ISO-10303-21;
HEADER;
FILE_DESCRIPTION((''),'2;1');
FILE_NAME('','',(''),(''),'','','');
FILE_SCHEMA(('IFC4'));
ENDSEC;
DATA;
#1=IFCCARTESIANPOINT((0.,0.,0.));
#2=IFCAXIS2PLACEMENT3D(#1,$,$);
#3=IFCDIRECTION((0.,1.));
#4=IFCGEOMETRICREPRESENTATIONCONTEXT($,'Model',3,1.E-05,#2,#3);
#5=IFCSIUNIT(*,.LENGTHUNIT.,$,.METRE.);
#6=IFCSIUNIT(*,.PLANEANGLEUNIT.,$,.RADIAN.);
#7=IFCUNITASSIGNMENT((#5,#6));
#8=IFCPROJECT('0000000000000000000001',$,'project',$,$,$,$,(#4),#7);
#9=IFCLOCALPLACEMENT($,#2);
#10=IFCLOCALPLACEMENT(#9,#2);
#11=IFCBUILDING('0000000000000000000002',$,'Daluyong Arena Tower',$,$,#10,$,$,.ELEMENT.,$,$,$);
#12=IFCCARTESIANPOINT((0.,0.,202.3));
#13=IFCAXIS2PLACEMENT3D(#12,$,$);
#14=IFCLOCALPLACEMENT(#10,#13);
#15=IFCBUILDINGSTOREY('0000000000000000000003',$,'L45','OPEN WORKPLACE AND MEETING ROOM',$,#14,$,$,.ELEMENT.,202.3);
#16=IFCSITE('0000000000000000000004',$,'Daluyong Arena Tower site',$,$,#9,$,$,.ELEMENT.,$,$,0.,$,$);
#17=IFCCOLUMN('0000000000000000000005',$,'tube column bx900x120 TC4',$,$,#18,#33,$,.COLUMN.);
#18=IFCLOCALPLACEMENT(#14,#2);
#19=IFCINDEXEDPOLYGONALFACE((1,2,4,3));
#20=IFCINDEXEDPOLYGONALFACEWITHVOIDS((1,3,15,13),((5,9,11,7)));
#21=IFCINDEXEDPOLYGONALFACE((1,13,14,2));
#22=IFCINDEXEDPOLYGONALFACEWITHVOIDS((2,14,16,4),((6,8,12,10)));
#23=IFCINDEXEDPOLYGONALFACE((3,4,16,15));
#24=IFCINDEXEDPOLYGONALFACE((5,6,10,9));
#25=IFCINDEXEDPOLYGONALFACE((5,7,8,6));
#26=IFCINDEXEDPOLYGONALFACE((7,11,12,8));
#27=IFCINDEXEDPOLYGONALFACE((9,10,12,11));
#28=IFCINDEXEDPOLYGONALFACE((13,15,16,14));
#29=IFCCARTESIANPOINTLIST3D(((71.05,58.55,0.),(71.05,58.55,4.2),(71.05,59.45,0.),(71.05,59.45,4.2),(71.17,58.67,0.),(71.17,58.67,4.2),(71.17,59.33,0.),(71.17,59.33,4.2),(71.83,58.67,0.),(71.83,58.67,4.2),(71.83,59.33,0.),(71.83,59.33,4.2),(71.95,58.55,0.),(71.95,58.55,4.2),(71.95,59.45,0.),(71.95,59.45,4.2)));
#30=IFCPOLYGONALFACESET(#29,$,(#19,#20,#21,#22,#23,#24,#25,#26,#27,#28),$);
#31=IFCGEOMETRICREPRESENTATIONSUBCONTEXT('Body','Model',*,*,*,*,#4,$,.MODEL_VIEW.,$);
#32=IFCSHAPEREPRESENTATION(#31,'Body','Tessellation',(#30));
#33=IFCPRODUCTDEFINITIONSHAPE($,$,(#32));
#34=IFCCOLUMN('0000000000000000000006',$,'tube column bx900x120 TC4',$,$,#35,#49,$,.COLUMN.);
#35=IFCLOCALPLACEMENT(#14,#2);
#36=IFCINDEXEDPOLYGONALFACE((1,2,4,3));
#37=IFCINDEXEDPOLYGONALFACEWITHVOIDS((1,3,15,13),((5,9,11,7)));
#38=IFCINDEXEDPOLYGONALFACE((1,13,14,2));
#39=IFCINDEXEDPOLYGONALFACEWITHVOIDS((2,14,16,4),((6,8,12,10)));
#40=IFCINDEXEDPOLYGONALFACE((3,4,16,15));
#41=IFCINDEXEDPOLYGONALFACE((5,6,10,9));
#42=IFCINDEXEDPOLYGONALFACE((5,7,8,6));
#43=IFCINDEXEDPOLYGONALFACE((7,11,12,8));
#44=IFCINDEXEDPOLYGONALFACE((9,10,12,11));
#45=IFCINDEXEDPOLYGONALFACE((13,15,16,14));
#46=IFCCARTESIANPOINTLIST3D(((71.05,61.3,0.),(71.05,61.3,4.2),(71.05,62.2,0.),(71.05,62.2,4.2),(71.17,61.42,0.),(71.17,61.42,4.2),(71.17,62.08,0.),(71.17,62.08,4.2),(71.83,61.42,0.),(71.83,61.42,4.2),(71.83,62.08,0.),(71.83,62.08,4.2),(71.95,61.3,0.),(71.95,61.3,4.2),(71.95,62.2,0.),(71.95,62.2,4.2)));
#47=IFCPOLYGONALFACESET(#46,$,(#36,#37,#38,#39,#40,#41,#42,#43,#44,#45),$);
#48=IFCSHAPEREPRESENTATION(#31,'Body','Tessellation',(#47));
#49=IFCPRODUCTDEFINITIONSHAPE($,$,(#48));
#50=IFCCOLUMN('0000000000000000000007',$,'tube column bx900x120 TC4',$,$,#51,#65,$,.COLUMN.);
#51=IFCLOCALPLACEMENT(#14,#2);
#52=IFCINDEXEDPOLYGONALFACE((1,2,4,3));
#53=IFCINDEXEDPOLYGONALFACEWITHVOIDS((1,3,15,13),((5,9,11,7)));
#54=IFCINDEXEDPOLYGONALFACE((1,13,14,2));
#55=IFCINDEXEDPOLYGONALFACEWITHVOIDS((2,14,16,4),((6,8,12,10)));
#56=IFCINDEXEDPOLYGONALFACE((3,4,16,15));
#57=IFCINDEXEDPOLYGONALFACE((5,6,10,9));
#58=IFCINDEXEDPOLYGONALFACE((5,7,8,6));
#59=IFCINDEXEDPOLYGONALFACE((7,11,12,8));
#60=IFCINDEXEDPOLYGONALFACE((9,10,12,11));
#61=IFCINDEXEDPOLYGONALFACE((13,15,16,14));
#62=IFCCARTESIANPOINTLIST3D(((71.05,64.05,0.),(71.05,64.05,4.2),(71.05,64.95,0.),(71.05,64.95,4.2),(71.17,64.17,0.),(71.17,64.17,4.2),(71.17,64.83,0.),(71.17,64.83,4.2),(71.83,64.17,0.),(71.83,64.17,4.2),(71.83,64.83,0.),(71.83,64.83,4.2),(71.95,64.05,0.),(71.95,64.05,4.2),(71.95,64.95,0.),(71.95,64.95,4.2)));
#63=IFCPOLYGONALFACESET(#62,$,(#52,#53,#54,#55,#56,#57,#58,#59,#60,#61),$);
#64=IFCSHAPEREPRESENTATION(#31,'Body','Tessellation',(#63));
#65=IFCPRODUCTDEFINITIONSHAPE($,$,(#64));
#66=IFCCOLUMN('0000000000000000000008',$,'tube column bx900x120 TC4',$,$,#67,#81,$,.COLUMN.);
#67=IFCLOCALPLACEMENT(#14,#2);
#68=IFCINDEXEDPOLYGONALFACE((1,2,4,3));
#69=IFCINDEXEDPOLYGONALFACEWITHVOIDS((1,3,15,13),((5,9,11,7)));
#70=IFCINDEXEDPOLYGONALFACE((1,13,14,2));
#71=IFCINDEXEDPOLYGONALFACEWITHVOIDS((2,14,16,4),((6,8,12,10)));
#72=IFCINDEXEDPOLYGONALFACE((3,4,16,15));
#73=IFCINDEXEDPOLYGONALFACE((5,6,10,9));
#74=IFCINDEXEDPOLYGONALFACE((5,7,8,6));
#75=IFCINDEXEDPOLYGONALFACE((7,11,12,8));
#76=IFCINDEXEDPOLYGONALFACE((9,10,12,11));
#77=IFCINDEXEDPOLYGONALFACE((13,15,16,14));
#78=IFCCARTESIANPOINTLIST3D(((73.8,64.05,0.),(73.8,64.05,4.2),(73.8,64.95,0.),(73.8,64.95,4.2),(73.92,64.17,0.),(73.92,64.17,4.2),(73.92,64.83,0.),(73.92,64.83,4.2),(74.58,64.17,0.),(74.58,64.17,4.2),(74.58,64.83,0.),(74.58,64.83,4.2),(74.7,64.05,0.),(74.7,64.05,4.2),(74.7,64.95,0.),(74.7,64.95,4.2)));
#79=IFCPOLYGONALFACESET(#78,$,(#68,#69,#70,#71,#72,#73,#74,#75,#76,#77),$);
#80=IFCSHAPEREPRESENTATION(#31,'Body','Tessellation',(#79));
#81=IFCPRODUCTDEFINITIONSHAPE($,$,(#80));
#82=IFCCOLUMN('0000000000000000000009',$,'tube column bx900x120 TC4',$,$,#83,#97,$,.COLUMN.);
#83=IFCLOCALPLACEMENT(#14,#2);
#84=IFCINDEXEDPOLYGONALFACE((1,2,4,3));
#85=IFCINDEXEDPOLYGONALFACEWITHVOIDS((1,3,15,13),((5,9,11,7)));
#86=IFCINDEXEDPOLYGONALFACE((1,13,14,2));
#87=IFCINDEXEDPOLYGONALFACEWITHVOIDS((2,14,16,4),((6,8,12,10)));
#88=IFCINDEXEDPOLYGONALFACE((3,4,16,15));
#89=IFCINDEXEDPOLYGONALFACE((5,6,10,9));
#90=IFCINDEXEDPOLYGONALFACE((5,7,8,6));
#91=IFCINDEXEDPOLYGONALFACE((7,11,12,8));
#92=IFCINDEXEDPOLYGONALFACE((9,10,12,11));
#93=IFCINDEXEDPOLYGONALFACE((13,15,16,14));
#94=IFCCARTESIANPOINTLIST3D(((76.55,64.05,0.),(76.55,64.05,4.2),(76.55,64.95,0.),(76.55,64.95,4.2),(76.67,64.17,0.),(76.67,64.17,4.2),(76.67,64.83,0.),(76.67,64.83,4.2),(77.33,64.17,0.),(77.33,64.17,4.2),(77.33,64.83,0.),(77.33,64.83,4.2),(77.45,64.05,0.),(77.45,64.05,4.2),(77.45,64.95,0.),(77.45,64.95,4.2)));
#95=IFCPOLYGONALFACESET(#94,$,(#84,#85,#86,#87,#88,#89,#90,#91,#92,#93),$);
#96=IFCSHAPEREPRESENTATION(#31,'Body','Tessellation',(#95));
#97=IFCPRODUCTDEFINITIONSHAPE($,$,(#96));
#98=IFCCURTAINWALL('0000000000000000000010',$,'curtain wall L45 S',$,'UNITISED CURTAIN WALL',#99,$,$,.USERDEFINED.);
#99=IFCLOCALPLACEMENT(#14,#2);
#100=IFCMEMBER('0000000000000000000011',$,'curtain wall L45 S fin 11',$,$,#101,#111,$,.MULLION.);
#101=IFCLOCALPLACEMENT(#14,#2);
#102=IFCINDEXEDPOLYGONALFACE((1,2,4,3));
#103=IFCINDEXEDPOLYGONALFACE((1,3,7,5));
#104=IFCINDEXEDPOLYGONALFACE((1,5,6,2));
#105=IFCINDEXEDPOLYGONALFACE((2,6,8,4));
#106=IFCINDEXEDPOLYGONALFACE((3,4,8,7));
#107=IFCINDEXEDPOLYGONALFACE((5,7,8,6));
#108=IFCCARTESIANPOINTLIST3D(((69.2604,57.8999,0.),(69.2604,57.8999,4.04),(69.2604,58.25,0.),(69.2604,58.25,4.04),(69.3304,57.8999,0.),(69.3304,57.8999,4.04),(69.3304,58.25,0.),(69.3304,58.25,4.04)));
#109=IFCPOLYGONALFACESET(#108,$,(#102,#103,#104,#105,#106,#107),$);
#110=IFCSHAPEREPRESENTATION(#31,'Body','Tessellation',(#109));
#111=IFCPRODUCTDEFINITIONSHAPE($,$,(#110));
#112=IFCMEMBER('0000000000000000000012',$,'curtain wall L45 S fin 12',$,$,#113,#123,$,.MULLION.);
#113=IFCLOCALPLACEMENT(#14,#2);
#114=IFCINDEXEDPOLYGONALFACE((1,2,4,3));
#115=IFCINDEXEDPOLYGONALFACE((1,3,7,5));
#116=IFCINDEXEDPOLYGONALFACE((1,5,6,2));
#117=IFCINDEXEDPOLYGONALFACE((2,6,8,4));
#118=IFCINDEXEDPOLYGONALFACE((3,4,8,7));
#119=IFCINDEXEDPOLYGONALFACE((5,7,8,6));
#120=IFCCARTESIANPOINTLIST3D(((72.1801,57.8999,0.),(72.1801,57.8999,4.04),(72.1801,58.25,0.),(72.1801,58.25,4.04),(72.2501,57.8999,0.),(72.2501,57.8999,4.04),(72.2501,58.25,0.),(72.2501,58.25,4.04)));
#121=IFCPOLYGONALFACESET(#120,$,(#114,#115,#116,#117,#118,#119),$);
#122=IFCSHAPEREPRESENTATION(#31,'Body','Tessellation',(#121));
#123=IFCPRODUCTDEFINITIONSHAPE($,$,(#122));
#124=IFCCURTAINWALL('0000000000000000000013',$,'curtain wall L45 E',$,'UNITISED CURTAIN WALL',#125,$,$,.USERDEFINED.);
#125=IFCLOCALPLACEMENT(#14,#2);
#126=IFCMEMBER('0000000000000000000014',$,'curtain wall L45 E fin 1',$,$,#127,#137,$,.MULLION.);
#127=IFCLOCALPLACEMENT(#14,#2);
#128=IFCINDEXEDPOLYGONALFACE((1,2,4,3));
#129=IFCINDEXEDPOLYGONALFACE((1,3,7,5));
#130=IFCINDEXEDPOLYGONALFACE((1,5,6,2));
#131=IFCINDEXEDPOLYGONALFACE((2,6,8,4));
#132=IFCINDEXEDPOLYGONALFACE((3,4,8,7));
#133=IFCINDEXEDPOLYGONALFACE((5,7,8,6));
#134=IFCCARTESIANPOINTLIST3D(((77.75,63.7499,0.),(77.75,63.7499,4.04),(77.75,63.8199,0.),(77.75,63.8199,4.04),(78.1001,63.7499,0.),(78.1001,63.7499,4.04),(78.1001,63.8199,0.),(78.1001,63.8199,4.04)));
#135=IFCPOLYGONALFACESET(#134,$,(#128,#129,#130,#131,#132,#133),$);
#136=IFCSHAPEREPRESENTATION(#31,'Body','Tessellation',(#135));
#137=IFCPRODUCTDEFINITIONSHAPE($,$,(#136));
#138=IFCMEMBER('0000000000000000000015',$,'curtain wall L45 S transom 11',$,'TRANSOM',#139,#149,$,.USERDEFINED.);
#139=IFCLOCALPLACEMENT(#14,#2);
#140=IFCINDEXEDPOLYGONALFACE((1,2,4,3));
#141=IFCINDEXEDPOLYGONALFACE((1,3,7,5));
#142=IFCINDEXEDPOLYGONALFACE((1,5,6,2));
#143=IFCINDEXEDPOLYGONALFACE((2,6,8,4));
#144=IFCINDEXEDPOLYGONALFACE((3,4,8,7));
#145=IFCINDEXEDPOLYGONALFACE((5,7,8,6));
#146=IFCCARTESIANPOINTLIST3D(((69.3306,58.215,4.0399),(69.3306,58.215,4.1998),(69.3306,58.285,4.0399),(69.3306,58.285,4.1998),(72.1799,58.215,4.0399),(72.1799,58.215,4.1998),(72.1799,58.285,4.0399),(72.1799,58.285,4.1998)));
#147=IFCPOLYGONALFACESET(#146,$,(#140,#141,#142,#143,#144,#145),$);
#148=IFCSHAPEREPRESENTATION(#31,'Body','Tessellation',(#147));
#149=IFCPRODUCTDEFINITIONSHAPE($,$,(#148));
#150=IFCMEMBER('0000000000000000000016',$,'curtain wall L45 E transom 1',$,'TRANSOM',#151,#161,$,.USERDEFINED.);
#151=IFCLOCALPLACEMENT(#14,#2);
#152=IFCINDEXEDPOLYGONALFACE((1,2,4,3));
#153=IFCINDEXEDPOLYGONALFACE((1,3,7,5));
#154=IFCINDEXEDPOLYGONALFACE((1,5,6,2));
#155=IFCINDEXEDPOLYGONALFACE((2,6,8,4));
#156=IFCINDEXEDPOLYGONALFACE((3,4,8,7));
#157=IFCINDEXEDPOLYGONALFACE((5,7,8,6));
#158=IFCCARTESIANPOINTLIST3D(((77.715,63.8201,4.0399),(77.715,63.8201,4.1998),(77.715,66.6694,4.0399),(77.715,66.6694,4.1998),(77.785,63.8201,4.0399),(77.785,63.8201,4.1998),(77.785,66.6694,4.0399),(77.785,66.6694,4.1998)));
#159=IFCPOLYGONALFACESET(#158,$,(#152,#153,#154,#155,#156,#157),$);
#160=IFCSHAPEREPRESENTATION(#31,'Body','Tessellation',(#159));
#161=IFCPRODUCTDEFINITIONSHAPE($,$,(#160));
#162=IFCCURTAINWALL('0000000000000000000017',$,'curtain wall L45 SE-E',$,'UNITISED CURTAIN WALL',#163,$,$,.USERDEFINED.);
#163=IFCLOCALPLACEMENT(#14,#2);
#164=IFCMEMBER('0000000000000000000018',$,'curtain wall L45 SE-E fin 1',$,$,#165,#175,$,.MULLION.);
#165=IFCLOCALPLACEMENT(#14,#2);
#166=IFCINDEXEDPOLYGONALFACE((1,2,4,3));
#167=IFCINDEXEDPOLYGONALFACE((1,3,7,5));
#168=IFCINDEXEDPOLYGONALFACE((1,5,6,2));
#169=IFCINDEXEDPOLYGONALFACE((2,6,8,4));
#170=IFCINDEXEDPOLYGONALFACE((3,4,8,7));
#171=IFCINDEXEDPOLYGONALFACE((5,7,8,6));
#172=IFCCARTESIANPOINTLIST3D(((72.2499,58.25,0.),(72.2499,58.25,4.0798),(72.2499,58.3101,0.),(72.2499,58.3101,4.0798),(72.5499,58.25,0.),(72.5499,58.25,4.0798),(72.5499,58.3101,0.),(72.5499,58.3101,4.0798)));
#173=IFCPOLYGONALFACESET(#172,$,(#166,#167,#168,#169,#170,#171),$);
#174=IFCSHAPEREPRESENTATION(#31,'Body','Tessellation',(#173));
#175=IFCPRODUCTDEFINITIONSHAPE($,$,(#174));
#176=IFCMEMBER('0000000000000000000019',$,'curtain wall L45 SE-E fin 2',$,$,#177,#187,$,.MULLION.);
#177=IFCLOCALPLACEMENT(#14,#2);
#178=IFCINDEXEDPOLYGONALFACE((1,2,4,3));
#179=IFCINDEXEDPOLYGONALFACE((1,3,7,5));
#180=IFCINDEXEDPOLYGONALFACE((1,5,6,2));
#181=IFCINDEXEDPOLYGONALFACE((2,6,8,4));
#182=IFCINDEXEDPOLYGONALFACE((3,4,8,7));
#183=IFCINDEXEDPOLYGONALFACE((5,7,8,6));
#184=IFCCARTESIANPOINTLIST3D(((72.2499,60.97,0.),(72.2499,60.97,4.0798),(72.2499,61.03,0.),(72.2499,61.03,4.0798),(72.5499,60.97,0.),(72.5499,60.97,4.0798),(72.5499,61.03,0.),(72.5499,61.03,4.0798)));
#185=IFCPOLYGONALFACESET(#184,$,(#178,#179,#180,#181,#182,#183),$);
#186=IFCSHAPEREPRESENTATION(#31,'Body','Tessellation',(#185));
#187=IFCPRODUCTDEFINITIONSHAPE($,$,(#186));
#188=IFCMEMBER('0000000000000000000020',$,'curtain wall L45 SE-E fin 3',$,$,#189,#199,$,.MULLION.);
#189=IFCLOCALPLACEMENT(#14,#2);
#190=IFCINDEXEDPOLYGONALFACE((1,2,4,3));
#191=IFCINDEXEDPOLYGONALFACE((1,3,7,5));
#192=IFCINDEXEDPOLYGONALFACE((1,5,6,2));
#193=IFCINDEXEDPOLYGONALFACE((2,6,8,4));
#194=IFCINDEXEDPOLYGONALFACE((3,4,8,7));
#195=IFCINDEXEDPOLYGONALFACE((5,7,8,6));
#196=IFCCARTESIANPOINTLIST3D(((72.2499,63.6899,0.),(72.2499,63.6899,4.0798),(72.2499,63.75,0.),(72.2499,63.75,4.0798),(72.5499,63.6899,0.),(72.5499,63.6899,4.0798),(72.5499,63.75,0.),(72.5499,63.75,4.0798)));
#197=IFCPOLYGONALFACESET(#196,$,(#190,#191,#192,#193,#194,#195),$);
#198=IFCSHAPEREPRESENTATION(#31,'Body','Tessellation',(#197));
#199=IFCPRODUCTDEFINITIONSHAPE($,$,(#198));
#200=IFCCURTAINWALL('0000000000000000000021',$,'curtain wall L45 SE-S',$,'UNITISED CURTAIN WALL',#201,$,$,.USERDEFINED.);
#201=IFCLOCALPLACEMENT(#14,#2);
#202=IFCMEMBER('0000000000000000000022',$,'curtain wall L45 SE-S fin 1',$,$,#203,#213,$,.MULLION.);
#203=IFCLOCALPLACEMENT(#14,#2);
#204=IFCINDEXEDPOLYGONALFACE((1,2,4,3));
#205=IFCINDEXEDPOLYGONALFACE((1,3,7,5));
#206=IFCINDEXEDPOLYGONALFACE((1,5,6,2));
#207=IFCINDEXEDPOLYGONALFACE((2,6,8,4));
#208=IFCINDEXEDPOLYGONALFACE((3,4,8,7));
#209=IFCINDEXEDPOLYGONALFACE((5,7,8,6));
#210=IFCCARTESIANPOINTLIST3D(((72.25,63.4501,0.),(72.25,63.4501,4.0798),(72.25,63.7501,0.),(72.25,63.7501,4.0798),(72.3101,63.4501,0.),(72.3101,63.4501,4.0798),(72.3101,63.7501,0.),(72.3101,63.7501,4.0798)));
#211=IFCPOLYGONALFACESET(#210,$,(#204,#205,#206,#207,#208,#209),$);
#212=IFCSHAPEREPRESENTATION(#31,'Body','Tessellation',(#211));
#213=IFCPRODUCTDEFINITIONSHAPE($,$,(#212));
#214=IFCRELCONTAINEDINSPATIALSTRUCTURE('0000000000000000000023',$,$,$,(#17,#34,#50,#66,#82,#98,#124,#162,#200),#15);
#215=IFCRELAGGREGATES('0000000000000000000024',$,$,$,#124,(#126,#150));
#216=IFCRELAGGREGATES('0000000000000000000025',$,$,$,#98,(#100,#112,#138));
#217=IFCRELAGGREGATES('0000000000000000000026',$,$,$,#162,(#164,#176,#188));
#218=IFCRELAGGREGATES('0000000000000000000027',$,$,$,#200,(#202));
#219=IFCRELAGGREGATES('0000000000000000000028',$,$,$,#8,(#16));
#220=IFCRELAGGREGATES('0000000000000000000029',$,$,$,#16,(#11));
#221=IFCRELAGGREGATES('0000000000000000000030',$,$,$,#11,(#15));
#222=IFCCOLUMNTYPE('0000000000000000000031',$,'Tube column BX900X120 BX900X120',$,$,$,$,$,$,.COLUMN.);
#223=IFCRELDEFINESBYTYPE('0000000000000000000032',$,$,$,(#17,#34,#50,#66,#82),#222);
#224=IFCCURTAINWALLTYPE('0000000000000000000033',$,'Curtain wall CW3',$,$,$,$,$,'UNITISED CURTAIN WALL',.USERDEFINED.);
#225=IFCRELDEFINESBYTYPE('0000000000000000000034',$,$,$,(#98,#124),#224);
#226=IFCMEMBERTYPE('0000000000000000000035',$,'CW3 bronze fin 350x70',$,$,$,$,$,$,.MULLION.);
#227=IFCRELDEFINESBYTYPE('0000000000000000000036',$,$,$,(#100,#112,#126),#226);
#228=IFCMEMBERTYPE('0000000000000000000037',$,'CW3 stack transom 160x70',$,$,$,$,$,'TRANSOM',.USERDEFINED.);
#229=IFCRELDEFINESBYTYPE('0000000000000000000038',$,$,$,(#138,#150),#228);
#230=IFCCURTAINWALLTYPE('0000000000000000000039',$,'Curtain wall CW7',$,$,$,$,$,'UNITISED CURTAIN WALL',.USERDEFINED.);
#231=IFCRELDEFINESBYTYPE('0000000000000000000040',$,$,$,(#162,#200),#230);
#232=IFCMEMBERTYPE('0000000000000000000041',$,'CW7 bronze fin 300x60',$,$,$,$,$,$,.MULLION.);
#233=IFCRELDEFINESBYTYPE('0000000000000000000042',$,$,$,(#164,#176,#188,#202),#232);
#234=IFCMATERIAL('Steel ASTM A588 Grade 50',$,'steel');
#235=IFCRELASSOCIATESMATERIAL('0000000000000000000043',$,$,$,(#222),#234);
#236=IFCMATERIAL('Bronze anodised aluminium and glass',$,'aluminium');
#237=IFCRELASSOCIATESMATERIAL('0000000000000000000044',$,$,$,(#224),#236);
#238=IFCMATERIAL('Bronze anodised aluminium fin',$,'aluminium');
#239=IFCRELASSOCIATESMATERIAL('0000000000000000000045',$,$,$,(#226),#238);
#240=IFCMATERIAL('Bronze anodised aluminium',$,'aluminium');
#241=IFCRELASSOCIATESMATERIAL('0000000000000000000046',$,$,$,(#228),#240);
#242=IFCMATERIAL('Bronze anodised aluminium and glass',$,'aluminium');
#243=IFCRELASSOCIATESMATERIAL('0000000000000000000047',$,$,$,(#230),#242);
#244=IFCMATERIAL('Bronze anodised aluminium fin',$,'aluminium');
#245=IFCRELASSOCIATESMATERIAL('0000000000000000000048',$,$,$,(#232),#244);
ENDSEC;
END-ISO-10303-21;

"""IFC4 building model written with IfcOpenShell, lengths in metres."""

from ifc_helpers import new_model, si_unit, direction, frame, origin, origin_2d, place, context, subcontext, project, spatial, rectangle, hollow_rectangle, extrude, material, material_profile, profile_set, type_object, element, aggregate, save


model = new_model("IFC4")

# Units and contexts
model_context = context("Model", 3, precision=1e-05, world=origin(), true_north=direction((0.0, 1.0)))
body_context = subcontext(model_context, "Body", "Model", "MODEL_VIEW")
ifc_project = project(units=[si_unit("LENGTHUNIT", "METRE"), si_unit("PLANEANGLEUNIT", "RADIAN")], contexts=[model_context])

# Site, building, storey
site_placement = place(None, origin())
site = spatial("IfcSite", under=ifc_project, at=site_placement, Name="Daluyong Arena Tower site", CompositionType="ELEMENT", RefElevation=0.0)
building_placement = place(site_placement, origin())
building = spatial("IfcBuilding", under=site, at=building_placement, Name="Daluyong Arena Tower", CompositionType="ELEMENT")
storey_placement = place(building_placement, frame((0.0, 0.0, 202.3)))
storey = spatial("IfcBuildingStorey", under=building, at=storey_placement, Name="L45", Description="OPEN WORKPLACE AND MEETING ROOM", CompositionType="ELEMENT", Elevation=202.3)

# Columns
ifc_material_1 = material(Name="Steel ASTM A588 Grade 50", Category="steel")
ifc_material_profile_1 = material_profile(ifc_material_1, hollow_rectangle(XDim=0.8999, YDim=0.8999, WallThickness=0.12, at=origin_2d()))
ifc_profile_set_1 = profile_set([ifc_material_profile_1], Name="Steel ASTM A588 Grade 50")
column_type = type_object("IfcColumnType", Name="Tube column BX900X120 BX900X120", PredefinedType="COLUMN", material=ifc_profile_set_1)
for number, where, z_axis, x_axis, name in (
    (1, (71.5, 59.0, 0.0), (0.0, 0.0, 1.0), (0.0, 1.0, 0.0), "tube column bx900x120 TC4"),
    (2, (71.5, 61.75, 0.0), (0.0, 0.0, 1.0), (0.0, 1.0, 0.0), "tube column bx900x120 TC4"),
    (3, (71.5, 64.5, 0.0), (0.0, 0.0, 1.0), (1.0, 0.0, 0.0), "tube column bx900x120 TC4"),
    (4, (74.25, 64.5, 0.0), (0.0, 0.0, 1.0), (1.0, 0.0, 0.0), "tube column bx900x120 TC4"),
    (5, (77.0, 64.5, 0.0), (0.0, 0.0, 1.0), (0.0, 1.0, 0.0), "tube column bx900x120 TC4"),
):
    element("IfcColumn", number, at=place(storey_placement, frame(where, z_axis=z_axis, x_axis=x_axis)), inside=storey, type_object=column_type, Name=name, PredefinedType="COLUMN", context=body_context, shape_type="SweptSolid", body=[
        extrude(hollow_rectangle(XDim=0.8999, YDim=0.8999, WallThickness=0.12, at=origin_2d()), origin(), (0.0, 0.0, 1.0), 4.2),
    ])

# Curtain wall, members
ifc_material_2 = material(Name="Bronze anodised aluminium and glass", Category="aluminium")
curtain_wall_type_1 = type_object("IfcCurtainWallType", Name="Curtain wall CW3", ElementType="UNITISED CURTAIN WALL", PredefinedType="USERDEFINED", material=ifc_material_2)
curtain_wall_1_placement = place(storey_placement, origin())
curtain_wall_1 = element("IfcCurtainWall", 6, at=curtain_wall_1_placement, inside=storey, type_object=curtain_wall_type_1, Name="curtain wall L45 S", ObjectType="UNITISED CURTAIN WALL", PredefinedType="USERDEFINED")
ifc_material_3 = material(Name="Bronze anodised aluminium fin", Category="aluminium")
ifc_material_profile_2 = material_profile(ifc_material_3, rectangle(XDim=0.3501, YDim=0.0701, at=origin_2d()))
ifc_profile_set_2 = profile_set([ifc_material_profile_2], Name="Bronze anodised aluminium fin")
member_type_1 = type_object("IfcMemberType", Name="CW3 bronze fin 350x70", PredefinedType="MULLION", material=ifc_profile_set_2)
member_1_placement = place(storey_placement, frame((69.2954, 58.075, 0.0), z_axis=(0.0, 0.0, 1.0), x_axis=(0.0, 1.0, 0.0)))
member_1 = element("IfcMember", 7, at=member_1_placement, type_object=member_type_1, Name="curtain wall L45 S fin 11", PredefinedType="MULLION", context=body_context, shape_type="SweptSolid", body=[
    extrude(rectangle(XDim=0.3501, YDim=0.0701, at=origin_2d()), origin(), (0.0, 0.0, 1.0), 4.04),
])
member_2_placement = place(storey_placement, frame((72.2151, 58.075, 0.0), z_axis=(0.0, 0.0, 1.0), x_axis=(0.0, 1.0, 0.0)))
member_2 = element("IfcMember", 8, at=member_2_placement, type_object=member_type_1, Name="curtain wall L45 S fin 12", PredefinedType="MULLION", context=body_context, shape_type="SweptSolid", body=[
    extrude(rectangle(XDim=0.3501, YDim=0.0701, at=origin_2d()), origin(), (0.0, 0.0, 1.0), 4.04),
])

# Curtain wall, member
curtain_wall_2_placement = place(storey_placement, origin())
curtain_wall_2 = element("IfcCurtainWall", 9, at=curtain_wall_2_placement, inside=storey, type_object=curtain_wall_type_1, Name="curtain wall L45 E", ObjectType="UNITISED CURTAIN WALL", PredefinedType="USERDEFINED")
member_3_placement = place(storey_placement, frame((77.925, 63.7849, 0.0), z_axis=(0.0, 0.0, 1.0), x_axis=(-1.0, 0.0, 0.0)))
member_3 = element("IfcMember", 10, at=member_3_placement, type_object=member_type_1, Name="curtain wall L45 E fin 1", PredefinedType="MULLION", context=body_context, shape_type="SweptSolid", body=[
    extrude(rectangle(XDim=0.3501, YDim=0.0701, at=origin_2d()), origin(), (0.0, 0.0, 1.0), 4.04),
])

# Members
ifc_material_4 = material(Name="Bronze anodised aluminium", Category="aluminium")
ifc_material_profile_3 = material_profile(ifc_material_4, rectangle(XDim=0.0701, YDim=0.1599, at=origin_2d()))
ifc_profile_set_3 = profile_set([ifc_material_profile_3], Name="Bronze anodised aluminium")
member_type_2 = type_object("IfcMemberType", Name="CW3 stack transom 160x70", ElementType="TRANSOM", PredefinedType="USERDEFINED", material=ifc_profile_set_3)
member_4_placement = place(storey_placement, frame((69.3306, 58.25, 4.1199), z_axis=(1.0, 0.0, 0.0), x_axis=(0.0, 1.0, 0.0)))
member_4 = element("IfcMember", 11, at=member_4_placement, type_object=member_type_2, Name="curtain wall L45 S transom 11", ObjectType="TRANSOM", PredefinedType="USERDEFINED", context=body_context, shape_type="SweptSolid", body=[
    extrude(rectangle(XDim=0.0701, YDim=0.1599, at=origin_2d()), origin(), (0.0, 0.0, 1.0), 2.8494),
])
member_5_placement = place(storey_placement, frame((77.75, 63.8201, 4.1199), z_axis=(0.0, 1.0, 0.0), x_axis=(-1.0, 0.0, 0.0)))
member_5 = element("IfcMember", 12, at=member_5_placement, type_object=member_type_2, Name="curtain wall L45 E transom 1", ObjectType="TRANSOM", PredefinedType="USERDEFINED", context=body_context, shape_type="SweptSolid", body=[
    extrude(rectangle(XDim=0.0701, YDim=0.1599, at=origin_2d()), origin(), (0.0, 0.0, 1.0), 2.8494),
])
aggregate(curtain_wall_2, [member_3, member_5])

# Curtain walls, members
ifc_material_5 = material(Name="Bronze anodised aluminium and glass", Category="aluminium")
curtain_wall_type_2 = type_object("IfcCurtainWallType", Name="Curtain wall CW7", ElementType="UNITISED CURTAIN WALL", PredefinedType="USERDEFINED", material=ifc_material_5)
curtain_wall_3_placement = place(storey_placement, origin())
curtain_wall_3 = element("IfcCurtainWall", 13, at=curtain_wall_3_placement, inside=storey, type_object=curtain_wall_type_2, Name="curtain wall L45 SE-E", ObjectType="UNITISED CURTAIN WALL", PredefinedType="USERDEFINED")
ifc_material_6 = material(Name="Bronze anodised aluminium fin", Category="aluminium")
ifc_material_profile_4 = material_profile(ifc_material_6, rectangle(XDim=0.3, YDim=0.0601, at=origin_2d()))
ifc_profile_set_4 = profile_set([ifc_material_profile_4], Name="Bronze anodised aluminium fin")
member_type_3 = type_object("IfcMemberType", Name="CW7 bronze fin 300x60", PredefinedType="MULLION", material=ifc_profile_set_4)
member_6_placement = place(storey_placement, frame((72.3999, 58.28, 0.0), z_axis=(0.0, 0.0, 1.0), x_axis=(-1.0, 0.0, 0.0)))
member_6 = element("IfcMember", 14, at=member_6_placement, type_object=member_type_3, Name="curtain wall L45 SE-E fin 1", PredefinedType="MULLION", context=body_context, shape_type="SweptSolid", body=[
    extrude(rectangle(XDim=0.3, YDim=0.0601, at=origin_2d()), origin(), (0.0, 0.0, 1.0), 4.0798),
])
member_7_placement = place(storey_placement, frame((72.3999, 61.0, 0.0), z_axis=(0.0, 0.0, 1.0), x_axis=(-1.0, 0.0, 0.0)))
member_7 = element("IfcMember", 15, at=member_7_placement, type_object=member_type_3, Name="curtain wall L45 SE-E fin 2", PredefinedType="MULLION", context=body_context, shape_type="SweptSolid", body=[
    extrude(rectangle(XDim=0.3, YDim=0.0601, at=origin_2d()), origin(), (0.0, 0.0, 1.0), 4.0798),
])
member_8_placement = place(storey_placement, frame((72.3999, 63.72, 0.0), z_axis=(0.0, 0.0, 1.0), x_axis=(-1.0, 0.0, 0.0)))
member_8 = element("IfcMember", 16, at=member_8_placement, type_object=member_type_3, Name="curtain wall L45 SE-E fin 3", PredefinedType="MULLION", context=body_context, shape_type="SweptSolid", body=[
    extrude(rectangle(XDim=0.3, YDim=0.0601, at=origin_2d()), origin(), (0.0, 0.0, 1.0), 4.0798),
])
curtain_wall_4_placement = place(storey_placement, origin())
curtain_wall_4 = element("IfcCurtainWall", 17, at=curtain_wall_4_placement, inside=storey, type_object=curtain_wall_type_2, Name="curtain wall L45 SE-S", ObjectType="UNITISED CURTAIN WALL", PredefinedType="USERDEFINED")
member_9_placement = place(storey_placement, frame((72.28, 63.6001, 0.0), z_axis=(0.0, 0.0, 1.0), x_axis=(0.0, 1.0, 0.0)))
member_9 = element("IfcMember", 18, at=member_9_placement, type_object=member_type_3, Name="curtain wall L45 SE-S fin 1", PredefinedType="MULLION", context=body_context, shape_type="SweptSolid", body=[
    extrude(rectangle(XDim=0.3, YDim=0.0601, at=origin_2d()), origin(), (0.0, 0.0, 1.0), 4.0798),
])

aggregate(curtain_wall_1, [member_1, member_2, member_4])
aggregate(curtain_wall_3, [member_6, member_7, member_8])
aggregate(curtain_wall_4, [member_9])

save(model, "model.ifc")
